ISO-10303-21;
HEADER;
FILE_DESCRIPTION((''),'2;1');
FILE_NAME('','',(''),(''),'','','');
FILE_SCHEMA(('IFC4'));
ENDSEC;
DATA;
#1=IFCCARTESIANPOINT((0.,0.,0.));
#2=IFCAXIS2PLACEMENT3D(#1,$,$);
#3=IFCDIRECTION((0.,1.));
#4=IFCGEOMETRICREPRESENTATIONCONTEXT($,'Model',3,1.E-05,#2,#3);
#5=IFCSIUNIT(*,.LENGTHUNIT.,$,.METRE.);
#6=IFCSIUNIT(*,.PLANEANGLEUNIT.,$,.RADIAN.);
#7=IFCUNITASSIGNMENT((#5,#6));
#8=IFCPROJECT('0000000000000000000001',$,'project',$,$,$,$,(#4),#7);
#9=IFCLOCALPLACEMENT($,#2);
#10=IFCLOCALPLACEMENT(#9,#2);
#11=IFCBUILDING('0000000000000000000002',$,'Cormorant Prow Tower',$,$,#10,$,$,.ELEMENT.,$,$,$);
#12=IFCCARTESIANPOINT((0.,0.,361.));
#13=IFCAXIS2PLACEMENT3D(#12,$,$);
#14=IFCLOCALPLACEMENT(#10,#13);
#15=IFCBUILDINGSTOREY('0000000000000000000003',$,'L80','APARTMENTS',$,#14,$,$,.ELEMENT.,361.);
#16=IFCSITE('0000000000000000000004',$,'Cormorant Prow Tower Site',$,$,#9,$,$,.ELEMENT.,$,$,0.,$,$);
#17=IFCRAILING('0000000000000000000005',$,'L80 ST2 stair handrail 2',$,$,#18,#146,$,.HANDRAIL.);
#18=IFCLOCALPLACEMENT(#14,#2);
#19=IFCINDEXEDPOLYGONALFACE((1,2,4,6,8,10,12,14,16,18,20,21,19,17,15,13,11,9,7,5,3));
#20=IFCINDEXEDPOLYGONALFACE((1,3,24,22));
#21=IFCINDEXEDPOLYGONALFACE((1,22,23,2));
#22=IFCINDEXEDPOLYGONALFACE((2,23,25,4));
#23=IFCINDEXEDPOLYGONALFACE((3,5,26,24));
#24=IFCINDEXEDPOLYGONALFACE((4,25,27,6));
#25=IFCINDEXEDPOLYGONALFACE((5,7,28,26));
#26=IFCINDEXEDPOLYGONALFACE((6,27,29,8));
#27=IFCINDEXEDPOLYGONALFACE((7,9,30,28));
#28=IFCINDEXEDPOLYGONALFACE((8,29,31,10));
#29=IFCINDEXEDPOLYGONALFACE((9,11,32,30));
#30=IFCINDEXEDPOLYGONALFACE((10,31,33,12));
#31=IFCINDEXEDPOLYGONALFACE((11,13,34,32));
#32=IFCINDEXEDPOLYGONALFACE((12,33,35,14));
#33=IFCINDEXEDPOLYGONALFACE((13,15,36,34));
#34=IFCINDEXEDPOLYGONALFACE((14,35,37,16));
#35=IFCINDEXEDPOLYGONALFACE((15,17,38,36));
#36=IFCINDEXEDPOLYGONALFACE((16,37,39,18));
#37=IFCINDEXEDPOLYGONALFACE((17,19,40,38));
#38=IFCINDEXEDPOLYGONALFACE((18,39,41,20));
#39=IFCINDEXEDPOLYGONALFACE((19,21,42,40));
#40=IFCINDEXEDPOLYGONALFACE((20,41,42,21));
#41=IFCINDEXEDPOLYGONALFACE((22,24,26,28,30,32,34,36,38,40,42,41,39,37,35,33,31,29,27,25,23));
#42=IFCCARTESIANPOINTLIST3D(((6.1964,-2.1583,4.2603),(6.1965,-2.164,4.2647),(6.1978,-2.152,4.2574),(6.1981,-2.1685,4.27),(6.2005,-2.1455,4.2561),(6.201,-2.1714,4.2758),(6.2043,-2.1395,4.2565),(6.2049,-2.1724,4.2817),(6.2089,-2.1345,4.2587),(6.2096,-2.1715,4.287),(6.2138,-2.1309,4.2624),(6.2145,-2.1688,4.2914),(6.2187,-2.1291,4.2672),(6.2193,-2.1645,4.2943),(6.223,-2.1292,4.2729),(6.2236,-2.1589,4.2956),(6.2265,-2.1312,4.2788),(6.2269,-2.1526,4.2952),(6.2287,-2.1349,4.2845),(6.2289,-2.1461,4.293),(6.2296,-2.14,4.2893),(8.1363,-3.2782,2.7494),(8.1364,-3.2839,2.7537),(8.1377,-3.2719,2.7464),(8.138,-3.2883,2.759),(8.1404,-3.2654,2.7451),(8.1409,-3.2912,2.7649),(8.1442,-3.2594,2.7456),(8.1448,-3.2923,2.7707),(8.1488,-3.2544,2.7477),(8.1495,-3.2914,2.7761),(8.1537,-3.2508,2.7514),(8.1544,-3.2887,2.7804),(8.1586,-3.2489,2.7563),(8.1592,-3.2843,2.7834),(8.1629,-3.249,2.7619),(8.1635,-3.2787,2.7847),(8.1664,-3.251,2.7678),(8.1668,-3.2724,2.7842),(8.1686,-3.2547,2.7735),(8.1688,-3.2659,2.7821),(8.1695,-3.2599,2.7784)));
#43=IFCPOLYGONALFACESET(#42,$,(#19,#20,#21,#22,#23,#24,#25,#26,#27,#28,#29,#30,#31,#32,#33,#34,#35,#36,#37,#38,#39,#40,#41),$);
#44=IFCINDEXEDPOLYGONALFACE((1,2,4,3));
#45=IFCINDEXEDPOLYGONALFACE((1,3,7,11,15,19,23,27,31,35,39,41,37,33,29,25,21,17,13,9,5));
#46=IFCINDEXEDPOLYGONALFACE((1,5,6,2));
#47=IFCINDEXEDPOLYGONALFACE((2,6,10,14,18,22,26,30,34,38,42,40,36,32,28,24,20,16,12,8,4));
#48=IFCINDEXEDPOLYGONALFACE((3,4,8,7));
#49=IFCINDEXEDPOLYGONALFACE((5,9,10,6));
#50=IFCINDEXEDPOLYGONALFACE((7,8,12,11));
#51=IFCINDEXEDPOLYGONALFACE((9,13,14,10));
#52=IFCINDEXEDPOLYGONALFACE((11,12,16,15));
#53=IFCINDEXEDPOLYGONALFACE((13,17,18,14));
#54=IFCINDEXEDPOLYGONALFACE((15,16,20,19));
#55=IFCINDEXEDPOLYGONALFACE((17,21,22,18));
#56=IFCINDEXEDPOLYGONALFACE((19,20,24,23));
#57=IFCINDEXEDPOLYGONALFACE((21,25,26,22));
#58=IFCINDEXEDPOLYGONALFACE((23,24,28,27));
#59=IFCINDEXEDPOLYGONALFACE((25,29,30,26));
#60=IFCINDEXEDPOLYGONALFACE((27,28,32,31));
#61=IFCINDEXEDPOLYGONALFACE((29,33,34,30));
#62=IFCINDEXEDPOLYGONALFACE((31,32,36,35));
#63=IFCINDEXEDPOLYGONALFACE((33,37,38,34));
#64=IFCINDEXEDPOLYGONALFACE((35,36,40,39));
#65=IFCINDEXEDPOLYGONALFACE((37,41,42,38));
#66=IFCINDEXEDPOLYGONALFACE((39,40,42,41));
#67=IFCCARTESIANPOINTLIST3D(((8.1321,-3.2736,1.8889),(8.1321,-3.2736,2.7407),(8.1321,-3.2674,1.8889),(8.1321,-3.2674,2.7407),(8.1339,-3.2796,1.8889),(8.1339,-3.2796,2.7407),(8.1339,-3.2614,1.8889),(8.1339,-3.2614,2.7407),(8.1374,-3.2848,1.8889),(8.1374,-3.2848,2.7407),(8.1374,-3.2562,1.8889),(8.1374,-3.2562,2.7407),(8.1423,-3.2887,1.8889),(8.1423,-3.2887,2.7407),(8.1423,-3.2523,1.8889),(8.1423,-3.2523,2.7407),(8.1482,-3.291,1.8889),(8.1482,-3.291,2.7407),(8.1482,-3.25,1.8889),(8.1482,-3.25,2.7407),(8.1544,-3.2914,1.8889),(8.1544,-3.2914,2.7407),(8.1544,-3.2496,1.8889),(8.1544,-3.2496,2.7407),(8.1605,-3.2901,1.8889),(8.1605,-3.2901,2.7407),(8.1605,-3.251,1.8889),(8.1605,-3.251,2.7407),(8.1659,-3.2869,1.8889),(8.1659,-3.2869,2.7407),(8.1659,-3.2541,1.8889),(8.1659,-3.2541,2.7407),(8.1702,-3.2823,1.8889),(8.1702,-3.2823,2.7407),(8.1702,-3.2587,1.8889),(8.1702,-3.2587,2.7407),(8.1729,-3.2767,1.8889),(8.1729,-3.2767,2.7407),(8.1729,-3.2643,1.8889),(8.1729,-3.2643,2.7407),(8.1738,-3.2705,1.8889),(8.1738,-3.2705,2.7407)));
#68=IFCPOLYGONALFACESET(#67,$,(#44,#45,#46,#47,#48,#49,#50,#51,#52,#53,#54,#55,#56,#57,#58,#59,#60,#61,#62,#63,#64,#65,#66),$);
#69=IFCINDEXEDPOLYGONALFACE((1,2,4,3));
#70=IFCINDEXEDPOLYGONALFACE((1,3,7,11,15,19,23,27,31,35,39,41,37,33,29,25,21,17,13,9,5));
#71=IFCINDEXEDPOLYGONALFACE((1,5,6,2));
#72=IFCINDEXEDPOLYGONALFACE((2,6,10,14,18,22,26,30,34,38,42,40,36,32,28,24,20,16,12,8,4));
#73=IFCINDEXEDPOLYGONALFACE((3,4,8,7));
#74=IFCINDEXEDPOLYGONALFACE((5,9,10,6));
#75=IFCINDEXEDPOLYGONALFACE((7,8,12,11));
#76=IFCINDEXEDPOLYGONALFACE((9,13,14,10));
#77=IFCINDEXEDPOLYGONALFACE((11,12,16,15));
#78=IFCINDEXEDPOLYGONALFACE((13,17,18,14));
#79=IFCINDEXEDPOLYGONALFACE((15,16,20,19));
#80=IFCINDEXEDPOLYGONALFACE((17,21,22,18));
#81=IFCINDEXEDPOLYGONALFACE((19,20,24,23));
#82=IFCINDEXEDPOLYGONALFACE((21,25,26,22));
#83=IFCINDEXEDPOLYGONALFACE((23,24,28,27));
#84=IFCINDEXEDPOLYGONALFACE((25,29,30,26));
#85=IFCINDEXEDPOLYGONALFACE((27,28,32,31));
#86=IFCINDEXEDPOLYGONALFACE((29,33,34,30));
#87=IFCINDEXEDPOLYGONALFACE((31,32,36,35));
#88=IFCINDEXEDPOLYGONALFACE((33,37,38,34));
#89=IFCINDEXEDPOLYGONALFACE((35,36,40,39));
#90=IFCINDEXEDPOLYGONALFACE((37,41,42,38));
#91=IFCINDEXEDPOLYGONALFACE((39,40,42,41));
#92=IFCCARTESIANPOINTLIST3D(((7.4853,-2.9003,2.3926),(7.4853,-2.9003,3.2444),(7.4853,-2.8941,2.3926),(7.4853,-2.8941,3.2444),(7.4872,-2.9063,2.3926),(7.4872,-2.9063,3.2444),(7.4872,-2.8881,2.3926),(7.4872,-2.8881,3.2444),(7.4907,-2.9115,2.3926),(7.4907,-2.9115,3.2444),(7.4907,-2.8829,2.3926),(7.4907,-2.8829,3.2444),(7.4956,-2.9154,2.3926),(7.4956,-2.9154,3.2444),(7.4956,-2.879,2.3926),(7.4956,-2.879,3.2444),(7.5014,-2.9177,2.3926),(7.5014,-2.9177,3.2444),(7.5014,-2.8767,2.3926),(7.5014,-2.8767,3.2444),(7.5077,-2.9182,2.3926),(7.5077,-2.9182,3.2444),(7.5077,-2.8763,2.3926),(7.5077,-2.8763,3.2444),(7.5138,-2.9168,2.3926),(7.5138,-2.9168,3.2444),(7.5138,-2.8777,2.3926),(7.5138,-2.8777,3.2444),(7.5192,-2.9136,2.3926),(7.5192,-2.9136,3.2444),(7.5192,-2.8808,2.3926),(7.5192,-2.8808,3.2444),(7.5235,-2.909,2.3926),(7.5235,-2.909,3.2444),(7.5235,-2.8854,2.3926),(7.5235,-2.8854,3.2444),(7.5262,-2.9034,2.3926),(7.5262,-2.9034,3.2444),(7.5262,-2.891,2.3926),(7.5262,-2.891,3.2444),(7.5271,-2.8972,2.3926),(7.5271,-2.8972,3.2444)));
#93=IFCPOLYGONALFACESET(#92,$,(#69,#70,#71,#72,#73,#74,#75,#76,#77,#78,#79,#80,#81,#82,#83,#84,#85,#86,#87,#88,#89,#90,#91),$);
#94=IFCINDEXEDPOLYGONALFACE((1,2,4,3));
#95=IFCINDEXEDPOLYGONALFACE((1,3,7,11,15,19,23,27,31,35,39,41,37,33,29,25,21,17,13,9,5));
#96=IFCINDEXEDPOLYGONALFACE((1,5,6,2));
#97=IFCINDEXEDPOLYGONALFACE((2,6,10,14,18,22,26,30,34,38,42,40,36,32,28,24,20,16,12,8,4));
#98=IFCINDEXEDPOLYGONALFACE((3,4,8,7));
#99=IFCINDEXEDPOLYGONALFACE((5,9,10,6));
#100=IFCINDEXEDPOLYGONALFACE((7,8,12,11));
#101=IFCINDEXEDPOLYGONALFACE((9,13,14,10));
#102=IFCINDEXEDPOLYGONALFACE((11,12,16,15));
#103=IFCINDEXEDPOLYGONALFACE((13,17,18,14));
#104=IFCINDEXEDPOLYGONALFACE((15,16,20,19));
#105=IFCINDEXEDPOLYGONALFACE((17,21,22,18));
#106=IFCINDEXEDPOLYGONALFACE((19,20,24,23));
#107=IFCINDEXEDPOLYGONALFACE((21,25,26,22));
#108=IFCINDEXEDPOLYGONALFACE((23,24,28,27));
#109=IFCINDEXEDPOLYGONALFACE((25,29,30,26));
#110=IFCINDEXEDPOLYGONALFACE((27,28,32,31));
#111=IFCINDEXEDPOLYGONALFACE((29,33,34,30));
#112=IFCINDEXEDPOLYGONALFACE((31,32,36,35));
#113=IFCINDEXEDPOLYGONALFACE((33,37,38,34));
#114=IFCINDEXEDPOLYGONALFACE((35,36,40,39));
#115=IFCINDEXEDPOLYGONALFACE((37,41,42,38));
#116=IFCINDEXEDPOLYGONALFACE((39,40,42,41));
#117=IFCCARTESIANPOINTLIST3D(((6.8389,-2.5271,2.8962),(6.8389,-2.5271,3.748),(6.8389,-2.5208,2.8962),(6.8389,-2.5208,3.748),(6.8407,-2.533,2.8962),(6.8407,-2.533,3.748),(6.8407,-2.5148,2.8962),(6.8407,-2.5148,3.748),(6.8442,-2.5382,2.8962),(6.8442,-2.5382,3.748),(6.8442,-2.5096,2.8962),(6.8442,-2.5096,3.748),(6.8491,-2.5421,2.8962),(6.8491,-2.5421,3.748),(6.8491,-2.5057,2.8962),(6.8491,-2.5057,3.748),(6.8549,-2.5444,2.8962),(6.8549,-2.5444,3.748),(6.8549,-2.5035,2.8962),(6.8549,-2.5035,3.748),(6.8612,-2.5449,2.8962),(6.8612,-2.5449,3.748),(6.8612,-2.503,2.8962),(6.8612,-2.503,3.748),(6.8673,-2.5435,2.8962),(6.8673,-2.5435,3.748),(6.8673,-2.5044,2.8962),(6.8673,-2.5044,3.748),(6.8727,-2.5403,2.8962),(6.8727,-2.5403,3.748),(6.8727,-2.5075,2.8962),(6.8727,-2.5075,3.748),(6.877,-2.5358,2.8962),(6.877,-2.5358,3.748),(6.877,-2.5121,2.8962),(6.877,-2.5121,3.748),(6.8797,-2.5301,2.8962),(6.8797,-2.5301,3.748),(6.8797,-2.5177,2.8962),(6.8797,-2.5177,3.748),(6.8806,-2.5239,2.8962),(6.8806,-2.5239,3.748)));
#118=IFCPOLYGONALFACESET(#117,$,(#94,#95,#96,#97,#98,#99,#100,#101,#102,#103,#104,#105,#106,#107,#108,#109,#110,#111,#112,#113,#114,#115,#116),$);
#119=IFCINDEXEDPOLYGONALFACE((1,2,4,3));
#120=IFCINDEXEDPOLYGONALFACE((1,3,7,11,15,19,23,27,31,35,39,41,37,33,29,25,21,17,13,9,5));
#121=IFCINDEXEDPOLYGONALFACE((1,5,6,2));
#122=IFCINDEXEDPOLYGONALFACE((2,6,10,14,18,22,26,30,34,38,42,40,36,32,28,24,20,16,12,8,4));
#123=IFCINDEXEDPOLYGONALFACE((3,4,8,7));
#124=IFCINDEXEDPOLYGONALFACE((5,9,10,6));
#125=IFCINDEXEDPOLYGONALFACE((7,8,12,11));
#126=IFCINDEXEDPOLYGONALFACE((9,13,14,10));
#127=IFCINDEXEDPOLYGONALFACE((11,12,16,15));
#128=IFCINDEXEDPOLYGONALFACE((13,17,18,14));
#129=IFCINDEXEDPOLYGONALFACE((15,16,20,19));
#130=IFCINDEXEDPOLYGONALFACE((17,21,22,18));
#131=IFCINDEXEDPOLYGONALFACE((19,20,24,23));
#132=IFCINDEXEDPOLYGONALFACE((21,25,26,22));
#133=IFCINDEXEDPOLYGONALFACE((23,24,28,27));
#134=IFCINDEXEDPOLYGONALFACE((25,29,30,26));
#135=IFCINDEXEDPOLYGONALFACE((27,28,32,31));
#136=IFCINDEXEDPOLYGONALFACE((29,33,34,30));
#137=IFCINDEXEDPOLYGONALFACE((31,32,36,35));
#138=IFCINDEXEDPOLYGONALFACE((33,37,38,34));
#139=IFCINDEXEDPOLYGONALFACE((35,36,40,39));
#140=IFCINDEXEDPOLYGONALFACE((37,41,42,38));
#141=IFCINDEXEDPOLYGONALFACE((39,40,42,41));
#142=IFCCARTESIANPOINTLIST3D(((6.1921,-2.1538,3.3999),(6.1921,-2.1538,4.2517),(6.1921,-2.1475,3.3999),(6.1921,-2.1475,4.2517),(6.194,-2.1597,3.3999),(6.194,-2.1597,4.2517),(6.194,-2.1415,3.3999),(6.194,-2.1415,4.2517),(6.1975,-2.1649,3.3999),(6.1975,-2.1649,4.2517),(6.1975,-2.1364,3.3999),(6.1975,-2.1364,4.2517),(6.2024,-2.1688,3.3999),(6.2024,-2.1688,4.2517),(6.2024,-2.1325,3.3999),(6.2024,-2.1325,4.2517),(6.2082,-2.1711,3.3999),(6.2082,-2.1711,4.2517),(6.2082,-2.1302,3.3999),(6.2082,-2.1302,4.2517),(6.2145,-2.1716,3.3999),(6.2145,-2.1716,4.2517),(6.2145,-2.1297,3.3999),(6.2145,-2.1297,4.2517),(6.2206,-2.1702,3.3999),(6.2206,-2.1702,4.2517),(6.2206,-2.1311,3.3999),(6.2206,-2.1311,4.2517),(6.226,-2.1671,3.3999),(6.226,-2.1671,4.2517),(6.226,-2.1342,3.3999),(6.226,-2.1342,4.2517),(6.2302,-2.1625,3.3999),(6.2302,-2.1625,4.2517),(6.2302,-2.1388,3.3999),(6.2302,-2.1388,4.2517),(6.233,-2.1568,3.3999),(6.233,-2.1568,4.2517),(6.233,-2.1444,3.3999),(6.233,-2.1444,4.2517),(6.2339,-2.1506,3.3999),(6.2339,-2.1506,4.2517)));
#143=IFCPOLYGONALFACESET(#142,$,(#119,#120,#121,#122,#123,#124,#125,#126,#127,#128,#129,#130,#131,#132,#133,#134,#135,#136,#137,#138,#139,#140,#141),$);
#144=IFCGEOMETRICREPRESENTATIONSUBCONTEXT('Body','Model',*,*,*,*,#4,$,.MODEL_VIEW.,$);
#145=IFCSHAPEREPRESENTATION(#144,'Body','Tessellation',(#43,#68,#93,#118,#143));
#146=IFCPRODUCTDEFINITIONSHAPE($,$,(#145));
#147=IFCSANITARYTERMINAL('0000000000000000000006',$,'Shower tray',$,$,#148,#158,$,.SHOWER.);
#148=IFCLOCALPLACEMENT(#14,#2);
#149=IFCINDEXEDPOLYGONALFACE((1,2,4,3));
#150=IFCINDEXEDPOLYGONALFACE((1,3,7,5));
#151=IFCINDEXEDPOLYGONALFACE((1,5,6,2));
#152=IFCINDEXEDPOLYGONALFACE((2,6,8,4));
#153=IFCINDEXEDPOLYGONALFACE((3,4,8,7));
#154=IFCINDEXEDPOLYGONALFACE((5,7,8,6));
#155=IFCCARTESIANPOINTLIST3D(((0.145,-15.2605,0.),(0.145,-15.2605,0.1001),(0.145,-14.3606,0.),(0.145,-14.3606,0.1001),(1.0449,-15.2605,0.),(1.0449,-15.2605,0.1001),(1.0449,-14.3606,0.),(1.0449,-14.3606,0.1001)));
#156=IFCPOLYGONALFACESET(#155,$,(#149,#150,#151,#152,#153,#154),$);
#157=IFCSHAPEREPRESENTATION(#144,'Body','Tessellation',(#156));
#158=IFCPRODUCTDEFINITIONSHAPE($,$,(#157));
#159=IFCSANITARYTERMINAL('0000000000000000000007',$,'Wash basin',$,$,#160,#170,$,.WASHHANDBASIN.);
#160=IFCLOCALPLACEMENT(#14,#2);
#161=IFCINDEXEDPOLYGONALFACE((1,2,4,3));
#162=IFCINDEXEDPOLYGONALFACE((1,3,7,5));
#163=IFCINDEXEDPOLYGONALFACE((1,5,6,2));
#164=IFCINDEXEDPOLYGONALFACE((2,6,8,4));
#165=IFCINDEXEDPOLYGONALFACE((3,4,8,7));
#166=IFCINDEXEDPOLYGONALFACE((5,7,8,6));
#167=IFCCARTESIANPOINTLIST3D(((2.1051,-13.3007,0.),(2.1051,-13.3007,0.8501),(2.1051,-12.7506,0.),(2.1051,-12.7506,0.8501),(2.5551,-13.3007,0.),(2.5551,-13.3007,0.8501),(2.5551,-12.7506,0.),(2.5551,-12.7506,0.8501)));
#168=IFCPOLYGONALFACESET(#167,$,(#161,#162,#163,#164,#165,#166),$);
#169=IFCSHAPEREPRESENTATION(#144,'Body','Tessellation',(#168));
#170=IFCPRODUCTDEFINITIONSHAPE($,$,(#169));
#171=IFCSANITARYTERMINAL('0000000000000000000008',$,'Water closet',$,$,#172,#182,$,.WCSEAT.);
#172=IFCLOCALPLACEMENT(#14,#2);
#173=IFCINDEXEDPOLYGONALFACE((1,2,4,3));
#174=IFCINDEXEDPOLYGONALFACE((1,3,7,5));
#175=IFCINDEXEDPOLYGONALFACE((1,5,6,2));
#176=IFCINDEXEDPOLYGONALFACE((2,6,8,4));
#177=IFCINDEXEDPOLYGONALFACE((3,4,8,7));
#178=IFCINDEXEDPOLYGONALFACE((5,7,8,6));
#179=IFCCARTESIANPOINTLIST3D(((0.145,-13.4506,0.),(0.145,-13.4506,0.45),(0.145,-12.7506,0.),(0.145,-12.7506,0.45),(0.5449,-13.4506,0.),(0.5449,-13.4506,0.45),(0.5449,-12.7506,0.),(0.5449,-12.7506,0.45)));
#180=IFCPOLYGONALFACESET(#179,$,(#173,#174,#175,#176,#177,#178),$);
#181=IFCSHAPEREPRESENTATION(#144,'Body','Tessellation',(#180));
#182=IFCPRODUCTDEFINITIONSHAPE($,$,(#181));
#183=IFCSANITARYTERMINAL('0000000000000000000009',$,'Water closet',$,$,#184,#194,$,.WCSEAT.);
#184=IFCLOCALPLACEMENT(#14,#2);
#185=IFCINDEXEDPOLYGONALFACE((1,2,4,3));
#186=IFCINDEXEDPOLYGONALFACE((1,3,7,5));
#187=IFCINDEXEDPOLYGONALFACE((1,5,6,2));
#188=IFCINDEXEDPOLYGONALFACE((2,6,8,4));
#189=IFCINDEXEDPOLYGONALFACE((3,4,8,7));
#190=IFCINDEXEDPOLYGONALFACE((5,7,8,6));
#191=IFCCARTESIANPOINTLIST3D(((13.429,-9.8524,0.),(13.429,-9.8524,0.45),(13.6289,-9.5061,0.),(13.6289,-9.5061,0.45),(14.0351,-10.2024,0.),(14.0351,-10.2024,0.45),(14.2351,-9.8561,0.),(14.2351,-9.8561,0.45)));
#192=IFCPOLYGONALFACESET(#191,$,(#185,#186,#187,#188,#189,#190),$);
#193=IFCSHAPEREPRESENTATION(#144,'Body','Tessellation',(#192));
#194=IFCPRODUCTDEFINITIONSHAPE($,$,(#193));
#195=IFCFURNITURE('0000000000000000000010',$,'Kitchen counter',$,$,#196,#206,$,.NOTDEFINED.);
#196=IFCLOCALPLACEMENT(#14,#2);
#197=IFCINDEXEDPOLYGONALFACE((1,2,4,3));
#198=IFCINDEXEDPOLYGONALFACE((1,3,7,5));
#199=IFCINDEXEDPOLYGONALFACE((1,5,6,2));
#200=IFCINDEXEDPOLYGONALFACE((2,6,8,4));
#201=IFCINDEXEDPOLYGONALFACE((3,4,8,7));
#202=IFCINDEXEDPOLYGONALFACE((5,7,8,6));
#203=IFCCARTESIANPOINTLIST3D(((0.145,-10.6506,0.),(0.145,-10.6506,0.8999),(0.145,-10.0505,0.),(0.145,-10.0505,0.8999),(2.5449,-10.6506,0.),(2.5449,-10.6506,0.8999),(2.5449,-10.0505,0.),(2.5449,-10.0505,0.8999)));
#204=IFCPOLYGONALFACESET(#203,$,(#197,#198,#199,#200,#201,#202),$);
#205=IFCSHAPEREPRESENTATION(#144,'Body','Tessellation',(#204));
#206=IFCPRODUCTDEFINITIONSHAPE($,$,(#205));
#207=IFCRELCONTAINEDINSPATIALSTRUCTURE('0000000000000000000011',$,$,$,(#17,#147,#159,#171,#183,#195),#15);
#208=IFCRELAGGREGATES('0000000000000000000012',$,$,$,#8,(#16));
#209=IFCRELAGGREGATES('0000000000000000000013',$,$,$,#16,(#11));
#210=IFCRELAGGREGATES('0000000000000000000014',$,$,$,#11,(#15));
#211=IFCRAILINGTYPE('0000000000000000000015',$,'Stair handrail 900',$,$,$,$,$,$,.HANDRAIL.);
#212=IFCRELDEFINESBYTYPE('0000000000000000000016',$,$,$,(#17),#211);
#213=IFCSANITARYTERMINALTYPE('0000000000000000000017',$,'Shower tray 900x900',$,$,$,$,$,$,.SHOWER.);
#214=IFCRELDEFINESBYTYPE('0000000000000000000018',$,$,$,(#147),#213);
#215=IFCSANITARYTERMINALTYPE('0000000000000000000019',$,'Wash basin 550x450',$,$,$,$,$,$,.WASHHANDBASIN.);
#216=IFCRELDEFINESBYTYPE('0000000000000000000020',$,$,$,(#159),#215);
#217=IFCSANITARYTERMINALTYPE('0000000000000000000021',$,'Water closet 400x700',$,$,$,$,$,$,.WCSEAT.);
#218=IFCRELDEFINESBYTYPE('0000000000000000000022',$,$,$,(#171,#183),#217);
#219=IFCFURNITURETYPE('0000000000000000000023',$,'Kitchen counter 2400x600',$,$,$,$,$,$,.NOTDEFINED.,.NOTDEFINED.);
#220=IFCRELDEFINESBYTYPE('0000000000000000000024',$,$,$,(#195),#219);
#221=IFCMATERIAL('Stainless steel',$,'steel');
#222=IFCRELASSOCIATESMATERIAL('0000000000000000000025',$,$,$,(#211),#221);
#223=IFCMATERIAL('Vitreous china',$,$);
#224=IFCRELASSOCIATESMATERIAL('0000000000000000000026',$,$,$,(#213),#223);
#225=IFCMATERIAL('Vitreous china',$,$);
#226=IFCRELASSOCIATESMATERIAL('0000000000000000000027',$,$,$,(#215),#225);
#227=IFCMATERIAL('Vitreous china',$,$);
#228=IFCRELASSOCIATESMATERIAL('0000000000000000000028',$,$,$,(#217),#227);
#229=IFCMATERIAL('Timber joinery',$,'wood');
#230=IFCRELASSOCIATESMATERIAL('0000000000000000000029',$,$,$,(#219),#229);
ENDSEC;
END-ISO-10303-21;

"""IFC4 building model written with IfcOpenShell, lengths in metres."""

from ifc_helpers import new_model, si_unit, direction, frame, origin, origin_2d, place, context, subcontext, project, spatial, rectangle, circle, extrude, material, type_object, element, save


model = new_model("IFC4")

# Units and contexts
model_context = context("Model", 3, precision=1e-05, world=origin(), true_north=direction((0.0, 1.0)))
body_context = subcontext(model_context, "Body", "Model", "MODEL_VIEW")
ifc_project = project(units=[si_unit("LENGTHUNIT", "METRE"), si_unit("PLANEANGLEUNIT", "RADIAN")], contexts=[model_context])

# Site, building, storey
site_placement = place(None, origin())
site = spatial("IfcSite", under=ifc_project, at=site_placement, Name="Cormorant Prow Tower Site", CompositionType="ELEMENT", RefElevation=0.0)
building_placement = place(site_placement, origin())
building = spatial("IfcBuilding", under=site, at=building_placement, Name="Cormorant Prow Tower", CompositionType="ELEMENT")
storey_placement = place(building_placement, frame((0.0, 0.0, 361.0)))
storey = spatial("IfcBuildingStorey", under=building, at=storey_placement, Name="L80", Description="APARTMENTS", CompositionType="ELEMENT", Elevation=361.0)

# Railing
ifc_material_1 = material(Name="Stainless steel", Category="steel")
railing_type = type_object("IfcRailingType", Name="Stair handrail 900", PredefinedType="HANDRAIL", material=ifc_material_1)
railing_1_placement = place(storey_placement, frame((8.1528, -3.2705, 1.8889)))
element("IfcRailing", 1, at=railing_1_placement, inside=storey, type_object=railing_type, Name="L80 ST2 stair handrail 2", PredefinedType="HANDRAIL", context=body_context, shape_type="SweptSolid", body=[
    extrude(circle(Radius=0.0239, at=origin_2d()), frame((0.0, 0.0, 0.876), z_axis=(-0.717977, 0.414467, 0.559219), x_axis=(-0.499949, -0.866055, 0.0)), (0.0, 0.0, 1.0), 2.7019),
    extrude(circle(Radius=0.021, at=origin_2d()), origin(), (0.0, 0.0, 1.0), 0.8518),
    extrude(circle(Radius=0.021, at=origin_2d()), frame((-0.6467, 0.3733, 0.5037)), (0.0, 0.0, 1.0), 0.8518),
    extrude(circle(Radius=0.021, at=origin_2d()), frame((-1.2932, 0.7466, 1.0073)), (0.0, 0.0, 1.0), 0.8518),
    extrude(circle(Radius=0.021, at=origin_2d()), frame((-1.9399, 1.1199, 1.511)), (0.0, 0.0, 1.0), 0.8518),
])

# Sanitary terminals
ifc_material_2 = material(Name="Vitreous china")
sanitary_terminal_type_1 = type_object("IfcSanitaryTerminalType", Name="Shower tray 900x900", PredefinedType="SHOWER", material=ifc_material_2)
sanitary_terminal_1_placement = place(storey_placement, frame((0.595, -14.8105, 0.0), z_axis=(0.0, 0.0, 1.0), x_axis=(0.0, 1.0, 0.0)))
element("IfcSanitaryTerminal", 2, at=sanitary_terminal_1_placement, inside=storey, type_object=sanitary_terminal_type_1, Name="Shower tray", PredefinedType="SHOWER", context=body_context, shape_type="SweptSolid", body=[
    extrude(rectangle(XDim=0.8999, YDim=0.8999, at=origin_2d()), origin(), (0.0, 0.0, 1.0), 0.1001),
])
ifc_material_3 = material(Name="Vitreous china")
sanitary_terminal_type_2 = type_object("IfcSanitaryTerminalType", Name="Wash basin 550x450", PredefinedType="WASHHANDBASIN", material=ifc_material_3)
sanitary_terminal_2_placement = place(storey_placement, frame((2.3301, -13.0256, 0.0), z_axis=(0.0, 0.0, 1.0), x_axis=(0.0, -1.0, 0.0)))
element("IfcSanitaryTerminal", 3, at=sanitary_terminal_2_placement, inside=storey, type_object=sanitary_terminal_type_2, Name="Wash basin", PredefinedType="WASHHANDBASIN", context=body_context, shape_type="SweptSolid", body=[
    extrude(rectangle(XDim=0.55, YDim=0.45, at=origin_2d()), origin(), (0.0, 0.0, 1.0), 0.8501),
])
ifc_material_4 = material(Name="Vitreous china")
sanitary_terminal_type_3 = type_object("IfcSanitaryTerminalType", Name="Water closet 400x700", PredefinedType="WCSEAT", material=ifc_material_4)
for number, where, z_axis, x_axis, name in (
    (4, (0.345, -13.1006, 0.0), (0.0, 0.0, 1.0), (1.0, 0.0, 0.0), "Water closet"),
    (5, (13.832, -9.8542, 0.0), (0.0, 0.0, 1.0), (0.5, 0.866025, 0.0), "Water closet"),
):
    element("IfcSanitaryTerminal", number, at=place(storey_placement, frame(where, z_axis=z_axis, x_axis=x_axis)), inside=storey, type_object=sanitary_terminal_type_3, Name=name, PredefinedType="WCSEAT", context=body_context, shape_type="SweptSolid", body=[
        extrude(rectangle(XDim=0.3999, YDim=0.7, at=origin_2d()), origin(), (0.0, 0.0, 1.0), 0.45),
    ])

# Furniture
ifc_material_5 = material(Name="Timber joinery", Category="wood")
furniture_type = type_object("IfcFurnitureType", Name="Kitchen counter 2400x600", AssemblyPlace="NOTDEFINED", PredefinedType="NOTDEFINED", material=ifc_material_5)
furniture_placement = place(storey_placement, frame((1.345, -10.3506, 0.0), z_axis=(0.0, 0.0, 1.0), x_axis=(1.0, 0.0, 0.0)))
element("IfcFurniture", 6, at=furniture_placement, inside=storey, type_object=furniture_type, Name="Kitchen counter", PredefinedType="NOTDEFINED", context=body_context, shape_type="SweptSolid", body=[
    extrude(rectangle(XDim=2.3999, YDim=0.6001, at=origin_2d()), origin(), (0.0, 0.0, 1.0), 0.8999),
])

save(model, "model.ifc")
